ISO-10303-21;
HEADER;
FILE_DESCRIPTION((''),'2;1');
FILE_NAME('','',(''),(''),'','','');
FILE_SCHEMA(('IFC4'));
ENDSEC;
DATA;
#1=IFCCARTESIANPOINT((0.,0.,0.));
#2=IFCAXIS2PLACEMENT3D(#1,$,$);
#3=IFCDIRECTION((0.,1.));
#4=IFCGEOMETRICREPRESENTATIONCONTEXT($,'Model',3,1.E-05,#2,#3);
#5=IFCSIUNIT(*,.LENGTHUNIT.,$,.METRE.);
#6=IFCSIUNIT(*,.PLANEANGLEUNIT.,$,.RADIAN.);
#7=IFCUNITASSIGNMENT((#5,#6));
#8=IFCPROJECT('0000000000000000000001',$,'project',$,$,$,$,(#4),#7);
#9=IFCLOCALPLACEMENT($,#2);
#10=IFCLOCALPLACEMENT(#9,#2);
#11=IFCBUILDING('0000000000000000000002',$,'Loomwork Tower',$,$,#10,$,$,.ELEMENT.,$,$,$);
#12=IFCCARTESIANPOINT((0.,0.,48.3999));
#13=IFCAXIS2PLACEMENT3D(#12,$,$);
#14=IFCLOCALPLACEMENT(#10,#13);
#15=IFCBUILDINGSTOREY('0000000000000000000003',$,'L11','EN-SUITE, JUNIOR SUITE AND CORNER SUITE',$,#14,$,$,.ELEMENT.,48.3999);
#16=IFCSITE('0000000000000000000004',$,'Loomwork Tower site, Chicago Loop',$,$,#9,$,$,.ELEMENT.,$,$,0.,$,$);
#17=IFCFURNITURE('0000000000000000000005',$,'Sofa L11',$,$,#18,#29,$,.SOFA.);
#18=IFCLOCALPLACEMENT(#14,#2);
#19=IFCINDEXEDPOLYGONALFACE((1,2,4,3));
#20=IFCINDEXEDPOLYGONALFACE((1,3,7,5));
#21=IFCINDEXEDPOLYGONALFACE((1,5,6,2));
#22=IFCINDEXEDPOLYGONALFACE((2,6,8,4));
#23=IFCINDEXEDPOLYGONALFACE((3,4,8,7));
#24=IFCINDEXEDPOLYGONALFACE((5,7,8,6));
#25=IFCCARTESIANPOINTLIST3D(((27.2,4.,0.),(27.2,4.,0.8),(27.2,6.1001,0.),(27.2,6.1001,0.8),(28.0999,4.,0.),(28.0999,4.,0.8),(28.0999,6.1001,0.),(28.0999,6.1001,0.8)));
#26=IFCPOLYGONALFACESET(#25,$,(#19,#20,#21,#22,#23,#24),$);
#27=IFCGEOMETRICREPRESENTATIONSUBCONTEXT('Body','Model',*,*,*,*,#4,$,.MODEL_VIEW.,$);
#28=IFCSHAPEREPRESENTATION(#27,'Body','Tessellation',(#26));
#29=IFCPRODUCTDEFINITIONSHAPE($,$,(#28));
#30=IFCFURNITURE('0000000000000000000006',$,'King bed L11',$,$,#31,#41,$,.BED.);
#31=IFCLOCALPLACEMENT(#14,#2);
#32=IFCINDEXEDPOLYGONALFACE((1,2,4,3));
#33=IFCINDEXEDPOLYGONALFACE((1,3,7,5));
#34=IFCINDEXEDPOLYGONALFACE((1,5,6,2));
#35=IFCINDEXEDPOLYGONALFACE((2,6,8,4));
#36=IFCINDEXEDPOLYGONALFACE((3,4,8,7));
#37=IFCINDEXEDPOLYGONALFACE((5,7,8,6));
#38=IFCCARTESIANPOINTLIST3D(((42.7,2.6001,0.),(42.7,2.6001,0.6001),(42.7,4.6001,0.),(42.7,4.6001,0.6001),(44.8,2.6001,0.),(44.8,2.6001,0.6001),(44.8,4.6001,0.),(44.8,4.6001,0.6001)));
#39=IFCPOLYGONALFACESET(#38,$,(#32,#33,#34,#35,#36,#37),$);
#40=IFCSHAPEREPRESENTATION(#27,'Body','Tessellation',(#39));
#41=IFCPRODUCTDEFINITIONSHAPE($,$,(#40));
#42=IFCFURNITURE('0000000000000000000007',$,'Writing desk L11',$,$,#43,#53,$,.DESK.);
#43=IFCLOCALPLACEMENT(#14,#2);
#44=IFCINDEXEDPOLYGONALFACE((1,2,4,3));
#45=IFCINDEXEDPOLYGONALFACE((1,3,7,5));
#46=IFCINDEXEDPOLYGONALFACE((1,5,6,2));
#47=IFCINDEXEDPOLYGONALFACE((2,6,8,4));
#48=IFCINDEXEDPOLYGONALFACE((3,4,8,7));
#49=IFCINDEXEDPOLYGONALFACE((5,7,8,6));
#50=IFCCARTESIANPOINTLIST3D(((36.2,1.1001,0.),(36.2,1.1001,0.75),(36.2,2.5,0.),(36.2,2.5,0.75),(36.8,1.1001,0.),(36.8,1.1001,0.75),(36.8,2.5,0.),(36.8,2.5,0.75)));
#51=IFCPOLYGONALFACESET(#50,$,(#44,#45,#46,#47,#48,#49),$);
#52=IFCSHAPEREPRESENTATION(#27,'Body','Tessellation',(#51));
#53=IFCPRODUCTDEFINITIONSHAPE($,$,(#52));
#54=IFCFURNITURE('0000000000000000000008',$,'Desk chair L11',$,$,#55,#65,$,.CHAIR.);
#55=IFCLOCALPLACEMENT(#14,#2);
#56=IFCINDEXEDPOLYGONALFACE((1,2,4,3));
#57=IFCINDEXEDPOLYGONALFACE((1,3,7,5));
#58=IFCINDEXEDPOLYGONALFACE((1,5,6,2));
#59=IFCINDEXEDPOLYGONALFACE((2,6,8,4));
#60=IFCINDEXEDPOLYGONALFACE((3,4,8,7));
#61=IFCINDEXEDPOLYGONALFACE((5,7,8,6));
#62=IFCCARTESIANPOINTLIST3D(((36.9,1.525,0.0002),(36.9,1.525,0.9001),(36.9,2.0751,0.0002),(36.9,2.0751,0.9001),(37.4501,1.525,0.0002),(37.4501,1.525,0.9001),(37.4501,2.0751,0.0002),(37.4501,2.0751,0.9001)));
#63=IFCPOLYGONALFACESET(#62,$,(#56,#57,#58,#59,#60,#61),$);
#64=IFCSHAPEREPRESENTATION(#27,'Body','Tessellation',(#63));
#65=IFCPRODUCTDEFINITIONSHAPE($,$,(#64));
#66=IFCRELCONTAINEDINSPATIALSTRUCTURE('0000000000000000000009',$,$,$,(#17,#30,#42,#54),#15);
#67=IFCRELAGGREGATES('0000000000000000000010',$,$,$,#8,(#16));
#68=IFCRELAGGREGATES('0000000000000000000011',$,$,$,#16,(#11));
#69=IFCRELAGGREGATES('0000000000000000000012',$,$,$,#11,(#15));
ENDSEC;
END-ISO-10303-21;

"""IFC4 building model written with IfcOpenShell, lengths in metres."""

from ifc_helpers import new_model, si_unit, direction, frame, origin, origin_2d, place, context, subcontext, project, spatial, rectangle, extrude, element, save


model = new_model("IFC4")

# Units and contexts
model_context = context("Model", 3, precision=1e-05, world=origin(), true_north=direction((0.0, 1.0)))
body_context = subcontext(model_context, "Body", "Model", "MODEL_VIEW")
ifc_project = project(units=[si_unit("LENGTHUNIT", "METRE"), si_unit("PLANEANGLEUNIT", "RADIAN")], contexts=[model_context])

# Site, building, storey
site_placement = place(None, origin())
site = spatial("IfcSite", under=ifc_project, at=site_placement, Name="Loomwork Tower site, Chicago Loop", CompositionType="ELEMENT", RefElevation=0.0)
building_placement = place(site_placement, origin())
building = spatial("IfcBuilding", under=site, at=building_placement, Name="Loomwork Tower", CompositionType="ELEMENT")
storey_placement = place(building_placement, frame((0.0, 0.0, 48.3999)))
storey = spatial("IfcBuildingStorey", under=building, at=storey_placement, Name="L11", Description="EN-SUITE, JUNIOR SUITE AND CORNER SUITE", CompositionType="ELEMENT", Elevation=48.3999)

# Furniture
furniture_1_placement = place(storey_placement, frame((27.6499, 5.05, 0.0), z_axis=(0.0, 0.0, 1.0), x_axis=(1.0, 0.0, 0.0)))
element("IfcFurniture", 1, at=furniture_1_placement, inside=storey, Name="Sofa L11", PredefinedType="SOFA", context=body_context, shape_type="SweptSolid", body=[
    extrude(rectangle(XDim=0.8999, YDim=2.1001, at=origin_2d()), origin(), (0.0, 0.0, 1.0), 0.8),
])
furniture_2_placement = place(storey_placement, frame((43.75, 3.6001, 0.0), z_axis=(0.0, 0.0, 1.0), x_axis=(1.0, 0.0, 0.0)))
element("IfcFurniture", 2, at=furniture_2_placement, inside=storey, Name="King bed L11", PredefinedType="BED", context=body_context, shape_type="SweptSolid", body=[
    extrude(rectangle(XDim=2.1001, YDim=2.0, at=origin_2d()), origin(), (0.0, 0.0, 1.0), 0.6001),
])
furniture_3_placement = place(storey_placement, frame((36.5, 1.8, 0.0), z_axis=(0.0, 0.0, 1.0), x_axis=(1.0, 0.0, 0.0)))
element("IfcFurniture", 3, at=furniture_3_placement, inside=storey, Name="Writing desk L11", PredefinedType="DESK", context=body_context, shape_type="SweptSolid", body=[
    extrude(rectangle(XDim=0.6001, YDim=1.3999, at=origin_2d()), origin(), (0.0, 0.0, 1.0), 0.75),
])
furniture_4_placement = place(storey_placement, frame((37.175, 1.8, 0.0002), z_axis=(0.0, 0.0, 1.0), x_axis=(1.0, 0.0, 0.0)))
element("IfcFurniture", 4, at=furniture_4_placement, inside=storey, Name="Desk chair L11", PredefinedType="CHAIR", context=body_context, shape_type="SweptSolid", body=[
    extrude(rectangle(XDim=0.55, YDim=0.55, at=origin_2d()), origin(), (0.0, 0.0, 1.0), 0.8999),
])

save(model, "model.ifc")
